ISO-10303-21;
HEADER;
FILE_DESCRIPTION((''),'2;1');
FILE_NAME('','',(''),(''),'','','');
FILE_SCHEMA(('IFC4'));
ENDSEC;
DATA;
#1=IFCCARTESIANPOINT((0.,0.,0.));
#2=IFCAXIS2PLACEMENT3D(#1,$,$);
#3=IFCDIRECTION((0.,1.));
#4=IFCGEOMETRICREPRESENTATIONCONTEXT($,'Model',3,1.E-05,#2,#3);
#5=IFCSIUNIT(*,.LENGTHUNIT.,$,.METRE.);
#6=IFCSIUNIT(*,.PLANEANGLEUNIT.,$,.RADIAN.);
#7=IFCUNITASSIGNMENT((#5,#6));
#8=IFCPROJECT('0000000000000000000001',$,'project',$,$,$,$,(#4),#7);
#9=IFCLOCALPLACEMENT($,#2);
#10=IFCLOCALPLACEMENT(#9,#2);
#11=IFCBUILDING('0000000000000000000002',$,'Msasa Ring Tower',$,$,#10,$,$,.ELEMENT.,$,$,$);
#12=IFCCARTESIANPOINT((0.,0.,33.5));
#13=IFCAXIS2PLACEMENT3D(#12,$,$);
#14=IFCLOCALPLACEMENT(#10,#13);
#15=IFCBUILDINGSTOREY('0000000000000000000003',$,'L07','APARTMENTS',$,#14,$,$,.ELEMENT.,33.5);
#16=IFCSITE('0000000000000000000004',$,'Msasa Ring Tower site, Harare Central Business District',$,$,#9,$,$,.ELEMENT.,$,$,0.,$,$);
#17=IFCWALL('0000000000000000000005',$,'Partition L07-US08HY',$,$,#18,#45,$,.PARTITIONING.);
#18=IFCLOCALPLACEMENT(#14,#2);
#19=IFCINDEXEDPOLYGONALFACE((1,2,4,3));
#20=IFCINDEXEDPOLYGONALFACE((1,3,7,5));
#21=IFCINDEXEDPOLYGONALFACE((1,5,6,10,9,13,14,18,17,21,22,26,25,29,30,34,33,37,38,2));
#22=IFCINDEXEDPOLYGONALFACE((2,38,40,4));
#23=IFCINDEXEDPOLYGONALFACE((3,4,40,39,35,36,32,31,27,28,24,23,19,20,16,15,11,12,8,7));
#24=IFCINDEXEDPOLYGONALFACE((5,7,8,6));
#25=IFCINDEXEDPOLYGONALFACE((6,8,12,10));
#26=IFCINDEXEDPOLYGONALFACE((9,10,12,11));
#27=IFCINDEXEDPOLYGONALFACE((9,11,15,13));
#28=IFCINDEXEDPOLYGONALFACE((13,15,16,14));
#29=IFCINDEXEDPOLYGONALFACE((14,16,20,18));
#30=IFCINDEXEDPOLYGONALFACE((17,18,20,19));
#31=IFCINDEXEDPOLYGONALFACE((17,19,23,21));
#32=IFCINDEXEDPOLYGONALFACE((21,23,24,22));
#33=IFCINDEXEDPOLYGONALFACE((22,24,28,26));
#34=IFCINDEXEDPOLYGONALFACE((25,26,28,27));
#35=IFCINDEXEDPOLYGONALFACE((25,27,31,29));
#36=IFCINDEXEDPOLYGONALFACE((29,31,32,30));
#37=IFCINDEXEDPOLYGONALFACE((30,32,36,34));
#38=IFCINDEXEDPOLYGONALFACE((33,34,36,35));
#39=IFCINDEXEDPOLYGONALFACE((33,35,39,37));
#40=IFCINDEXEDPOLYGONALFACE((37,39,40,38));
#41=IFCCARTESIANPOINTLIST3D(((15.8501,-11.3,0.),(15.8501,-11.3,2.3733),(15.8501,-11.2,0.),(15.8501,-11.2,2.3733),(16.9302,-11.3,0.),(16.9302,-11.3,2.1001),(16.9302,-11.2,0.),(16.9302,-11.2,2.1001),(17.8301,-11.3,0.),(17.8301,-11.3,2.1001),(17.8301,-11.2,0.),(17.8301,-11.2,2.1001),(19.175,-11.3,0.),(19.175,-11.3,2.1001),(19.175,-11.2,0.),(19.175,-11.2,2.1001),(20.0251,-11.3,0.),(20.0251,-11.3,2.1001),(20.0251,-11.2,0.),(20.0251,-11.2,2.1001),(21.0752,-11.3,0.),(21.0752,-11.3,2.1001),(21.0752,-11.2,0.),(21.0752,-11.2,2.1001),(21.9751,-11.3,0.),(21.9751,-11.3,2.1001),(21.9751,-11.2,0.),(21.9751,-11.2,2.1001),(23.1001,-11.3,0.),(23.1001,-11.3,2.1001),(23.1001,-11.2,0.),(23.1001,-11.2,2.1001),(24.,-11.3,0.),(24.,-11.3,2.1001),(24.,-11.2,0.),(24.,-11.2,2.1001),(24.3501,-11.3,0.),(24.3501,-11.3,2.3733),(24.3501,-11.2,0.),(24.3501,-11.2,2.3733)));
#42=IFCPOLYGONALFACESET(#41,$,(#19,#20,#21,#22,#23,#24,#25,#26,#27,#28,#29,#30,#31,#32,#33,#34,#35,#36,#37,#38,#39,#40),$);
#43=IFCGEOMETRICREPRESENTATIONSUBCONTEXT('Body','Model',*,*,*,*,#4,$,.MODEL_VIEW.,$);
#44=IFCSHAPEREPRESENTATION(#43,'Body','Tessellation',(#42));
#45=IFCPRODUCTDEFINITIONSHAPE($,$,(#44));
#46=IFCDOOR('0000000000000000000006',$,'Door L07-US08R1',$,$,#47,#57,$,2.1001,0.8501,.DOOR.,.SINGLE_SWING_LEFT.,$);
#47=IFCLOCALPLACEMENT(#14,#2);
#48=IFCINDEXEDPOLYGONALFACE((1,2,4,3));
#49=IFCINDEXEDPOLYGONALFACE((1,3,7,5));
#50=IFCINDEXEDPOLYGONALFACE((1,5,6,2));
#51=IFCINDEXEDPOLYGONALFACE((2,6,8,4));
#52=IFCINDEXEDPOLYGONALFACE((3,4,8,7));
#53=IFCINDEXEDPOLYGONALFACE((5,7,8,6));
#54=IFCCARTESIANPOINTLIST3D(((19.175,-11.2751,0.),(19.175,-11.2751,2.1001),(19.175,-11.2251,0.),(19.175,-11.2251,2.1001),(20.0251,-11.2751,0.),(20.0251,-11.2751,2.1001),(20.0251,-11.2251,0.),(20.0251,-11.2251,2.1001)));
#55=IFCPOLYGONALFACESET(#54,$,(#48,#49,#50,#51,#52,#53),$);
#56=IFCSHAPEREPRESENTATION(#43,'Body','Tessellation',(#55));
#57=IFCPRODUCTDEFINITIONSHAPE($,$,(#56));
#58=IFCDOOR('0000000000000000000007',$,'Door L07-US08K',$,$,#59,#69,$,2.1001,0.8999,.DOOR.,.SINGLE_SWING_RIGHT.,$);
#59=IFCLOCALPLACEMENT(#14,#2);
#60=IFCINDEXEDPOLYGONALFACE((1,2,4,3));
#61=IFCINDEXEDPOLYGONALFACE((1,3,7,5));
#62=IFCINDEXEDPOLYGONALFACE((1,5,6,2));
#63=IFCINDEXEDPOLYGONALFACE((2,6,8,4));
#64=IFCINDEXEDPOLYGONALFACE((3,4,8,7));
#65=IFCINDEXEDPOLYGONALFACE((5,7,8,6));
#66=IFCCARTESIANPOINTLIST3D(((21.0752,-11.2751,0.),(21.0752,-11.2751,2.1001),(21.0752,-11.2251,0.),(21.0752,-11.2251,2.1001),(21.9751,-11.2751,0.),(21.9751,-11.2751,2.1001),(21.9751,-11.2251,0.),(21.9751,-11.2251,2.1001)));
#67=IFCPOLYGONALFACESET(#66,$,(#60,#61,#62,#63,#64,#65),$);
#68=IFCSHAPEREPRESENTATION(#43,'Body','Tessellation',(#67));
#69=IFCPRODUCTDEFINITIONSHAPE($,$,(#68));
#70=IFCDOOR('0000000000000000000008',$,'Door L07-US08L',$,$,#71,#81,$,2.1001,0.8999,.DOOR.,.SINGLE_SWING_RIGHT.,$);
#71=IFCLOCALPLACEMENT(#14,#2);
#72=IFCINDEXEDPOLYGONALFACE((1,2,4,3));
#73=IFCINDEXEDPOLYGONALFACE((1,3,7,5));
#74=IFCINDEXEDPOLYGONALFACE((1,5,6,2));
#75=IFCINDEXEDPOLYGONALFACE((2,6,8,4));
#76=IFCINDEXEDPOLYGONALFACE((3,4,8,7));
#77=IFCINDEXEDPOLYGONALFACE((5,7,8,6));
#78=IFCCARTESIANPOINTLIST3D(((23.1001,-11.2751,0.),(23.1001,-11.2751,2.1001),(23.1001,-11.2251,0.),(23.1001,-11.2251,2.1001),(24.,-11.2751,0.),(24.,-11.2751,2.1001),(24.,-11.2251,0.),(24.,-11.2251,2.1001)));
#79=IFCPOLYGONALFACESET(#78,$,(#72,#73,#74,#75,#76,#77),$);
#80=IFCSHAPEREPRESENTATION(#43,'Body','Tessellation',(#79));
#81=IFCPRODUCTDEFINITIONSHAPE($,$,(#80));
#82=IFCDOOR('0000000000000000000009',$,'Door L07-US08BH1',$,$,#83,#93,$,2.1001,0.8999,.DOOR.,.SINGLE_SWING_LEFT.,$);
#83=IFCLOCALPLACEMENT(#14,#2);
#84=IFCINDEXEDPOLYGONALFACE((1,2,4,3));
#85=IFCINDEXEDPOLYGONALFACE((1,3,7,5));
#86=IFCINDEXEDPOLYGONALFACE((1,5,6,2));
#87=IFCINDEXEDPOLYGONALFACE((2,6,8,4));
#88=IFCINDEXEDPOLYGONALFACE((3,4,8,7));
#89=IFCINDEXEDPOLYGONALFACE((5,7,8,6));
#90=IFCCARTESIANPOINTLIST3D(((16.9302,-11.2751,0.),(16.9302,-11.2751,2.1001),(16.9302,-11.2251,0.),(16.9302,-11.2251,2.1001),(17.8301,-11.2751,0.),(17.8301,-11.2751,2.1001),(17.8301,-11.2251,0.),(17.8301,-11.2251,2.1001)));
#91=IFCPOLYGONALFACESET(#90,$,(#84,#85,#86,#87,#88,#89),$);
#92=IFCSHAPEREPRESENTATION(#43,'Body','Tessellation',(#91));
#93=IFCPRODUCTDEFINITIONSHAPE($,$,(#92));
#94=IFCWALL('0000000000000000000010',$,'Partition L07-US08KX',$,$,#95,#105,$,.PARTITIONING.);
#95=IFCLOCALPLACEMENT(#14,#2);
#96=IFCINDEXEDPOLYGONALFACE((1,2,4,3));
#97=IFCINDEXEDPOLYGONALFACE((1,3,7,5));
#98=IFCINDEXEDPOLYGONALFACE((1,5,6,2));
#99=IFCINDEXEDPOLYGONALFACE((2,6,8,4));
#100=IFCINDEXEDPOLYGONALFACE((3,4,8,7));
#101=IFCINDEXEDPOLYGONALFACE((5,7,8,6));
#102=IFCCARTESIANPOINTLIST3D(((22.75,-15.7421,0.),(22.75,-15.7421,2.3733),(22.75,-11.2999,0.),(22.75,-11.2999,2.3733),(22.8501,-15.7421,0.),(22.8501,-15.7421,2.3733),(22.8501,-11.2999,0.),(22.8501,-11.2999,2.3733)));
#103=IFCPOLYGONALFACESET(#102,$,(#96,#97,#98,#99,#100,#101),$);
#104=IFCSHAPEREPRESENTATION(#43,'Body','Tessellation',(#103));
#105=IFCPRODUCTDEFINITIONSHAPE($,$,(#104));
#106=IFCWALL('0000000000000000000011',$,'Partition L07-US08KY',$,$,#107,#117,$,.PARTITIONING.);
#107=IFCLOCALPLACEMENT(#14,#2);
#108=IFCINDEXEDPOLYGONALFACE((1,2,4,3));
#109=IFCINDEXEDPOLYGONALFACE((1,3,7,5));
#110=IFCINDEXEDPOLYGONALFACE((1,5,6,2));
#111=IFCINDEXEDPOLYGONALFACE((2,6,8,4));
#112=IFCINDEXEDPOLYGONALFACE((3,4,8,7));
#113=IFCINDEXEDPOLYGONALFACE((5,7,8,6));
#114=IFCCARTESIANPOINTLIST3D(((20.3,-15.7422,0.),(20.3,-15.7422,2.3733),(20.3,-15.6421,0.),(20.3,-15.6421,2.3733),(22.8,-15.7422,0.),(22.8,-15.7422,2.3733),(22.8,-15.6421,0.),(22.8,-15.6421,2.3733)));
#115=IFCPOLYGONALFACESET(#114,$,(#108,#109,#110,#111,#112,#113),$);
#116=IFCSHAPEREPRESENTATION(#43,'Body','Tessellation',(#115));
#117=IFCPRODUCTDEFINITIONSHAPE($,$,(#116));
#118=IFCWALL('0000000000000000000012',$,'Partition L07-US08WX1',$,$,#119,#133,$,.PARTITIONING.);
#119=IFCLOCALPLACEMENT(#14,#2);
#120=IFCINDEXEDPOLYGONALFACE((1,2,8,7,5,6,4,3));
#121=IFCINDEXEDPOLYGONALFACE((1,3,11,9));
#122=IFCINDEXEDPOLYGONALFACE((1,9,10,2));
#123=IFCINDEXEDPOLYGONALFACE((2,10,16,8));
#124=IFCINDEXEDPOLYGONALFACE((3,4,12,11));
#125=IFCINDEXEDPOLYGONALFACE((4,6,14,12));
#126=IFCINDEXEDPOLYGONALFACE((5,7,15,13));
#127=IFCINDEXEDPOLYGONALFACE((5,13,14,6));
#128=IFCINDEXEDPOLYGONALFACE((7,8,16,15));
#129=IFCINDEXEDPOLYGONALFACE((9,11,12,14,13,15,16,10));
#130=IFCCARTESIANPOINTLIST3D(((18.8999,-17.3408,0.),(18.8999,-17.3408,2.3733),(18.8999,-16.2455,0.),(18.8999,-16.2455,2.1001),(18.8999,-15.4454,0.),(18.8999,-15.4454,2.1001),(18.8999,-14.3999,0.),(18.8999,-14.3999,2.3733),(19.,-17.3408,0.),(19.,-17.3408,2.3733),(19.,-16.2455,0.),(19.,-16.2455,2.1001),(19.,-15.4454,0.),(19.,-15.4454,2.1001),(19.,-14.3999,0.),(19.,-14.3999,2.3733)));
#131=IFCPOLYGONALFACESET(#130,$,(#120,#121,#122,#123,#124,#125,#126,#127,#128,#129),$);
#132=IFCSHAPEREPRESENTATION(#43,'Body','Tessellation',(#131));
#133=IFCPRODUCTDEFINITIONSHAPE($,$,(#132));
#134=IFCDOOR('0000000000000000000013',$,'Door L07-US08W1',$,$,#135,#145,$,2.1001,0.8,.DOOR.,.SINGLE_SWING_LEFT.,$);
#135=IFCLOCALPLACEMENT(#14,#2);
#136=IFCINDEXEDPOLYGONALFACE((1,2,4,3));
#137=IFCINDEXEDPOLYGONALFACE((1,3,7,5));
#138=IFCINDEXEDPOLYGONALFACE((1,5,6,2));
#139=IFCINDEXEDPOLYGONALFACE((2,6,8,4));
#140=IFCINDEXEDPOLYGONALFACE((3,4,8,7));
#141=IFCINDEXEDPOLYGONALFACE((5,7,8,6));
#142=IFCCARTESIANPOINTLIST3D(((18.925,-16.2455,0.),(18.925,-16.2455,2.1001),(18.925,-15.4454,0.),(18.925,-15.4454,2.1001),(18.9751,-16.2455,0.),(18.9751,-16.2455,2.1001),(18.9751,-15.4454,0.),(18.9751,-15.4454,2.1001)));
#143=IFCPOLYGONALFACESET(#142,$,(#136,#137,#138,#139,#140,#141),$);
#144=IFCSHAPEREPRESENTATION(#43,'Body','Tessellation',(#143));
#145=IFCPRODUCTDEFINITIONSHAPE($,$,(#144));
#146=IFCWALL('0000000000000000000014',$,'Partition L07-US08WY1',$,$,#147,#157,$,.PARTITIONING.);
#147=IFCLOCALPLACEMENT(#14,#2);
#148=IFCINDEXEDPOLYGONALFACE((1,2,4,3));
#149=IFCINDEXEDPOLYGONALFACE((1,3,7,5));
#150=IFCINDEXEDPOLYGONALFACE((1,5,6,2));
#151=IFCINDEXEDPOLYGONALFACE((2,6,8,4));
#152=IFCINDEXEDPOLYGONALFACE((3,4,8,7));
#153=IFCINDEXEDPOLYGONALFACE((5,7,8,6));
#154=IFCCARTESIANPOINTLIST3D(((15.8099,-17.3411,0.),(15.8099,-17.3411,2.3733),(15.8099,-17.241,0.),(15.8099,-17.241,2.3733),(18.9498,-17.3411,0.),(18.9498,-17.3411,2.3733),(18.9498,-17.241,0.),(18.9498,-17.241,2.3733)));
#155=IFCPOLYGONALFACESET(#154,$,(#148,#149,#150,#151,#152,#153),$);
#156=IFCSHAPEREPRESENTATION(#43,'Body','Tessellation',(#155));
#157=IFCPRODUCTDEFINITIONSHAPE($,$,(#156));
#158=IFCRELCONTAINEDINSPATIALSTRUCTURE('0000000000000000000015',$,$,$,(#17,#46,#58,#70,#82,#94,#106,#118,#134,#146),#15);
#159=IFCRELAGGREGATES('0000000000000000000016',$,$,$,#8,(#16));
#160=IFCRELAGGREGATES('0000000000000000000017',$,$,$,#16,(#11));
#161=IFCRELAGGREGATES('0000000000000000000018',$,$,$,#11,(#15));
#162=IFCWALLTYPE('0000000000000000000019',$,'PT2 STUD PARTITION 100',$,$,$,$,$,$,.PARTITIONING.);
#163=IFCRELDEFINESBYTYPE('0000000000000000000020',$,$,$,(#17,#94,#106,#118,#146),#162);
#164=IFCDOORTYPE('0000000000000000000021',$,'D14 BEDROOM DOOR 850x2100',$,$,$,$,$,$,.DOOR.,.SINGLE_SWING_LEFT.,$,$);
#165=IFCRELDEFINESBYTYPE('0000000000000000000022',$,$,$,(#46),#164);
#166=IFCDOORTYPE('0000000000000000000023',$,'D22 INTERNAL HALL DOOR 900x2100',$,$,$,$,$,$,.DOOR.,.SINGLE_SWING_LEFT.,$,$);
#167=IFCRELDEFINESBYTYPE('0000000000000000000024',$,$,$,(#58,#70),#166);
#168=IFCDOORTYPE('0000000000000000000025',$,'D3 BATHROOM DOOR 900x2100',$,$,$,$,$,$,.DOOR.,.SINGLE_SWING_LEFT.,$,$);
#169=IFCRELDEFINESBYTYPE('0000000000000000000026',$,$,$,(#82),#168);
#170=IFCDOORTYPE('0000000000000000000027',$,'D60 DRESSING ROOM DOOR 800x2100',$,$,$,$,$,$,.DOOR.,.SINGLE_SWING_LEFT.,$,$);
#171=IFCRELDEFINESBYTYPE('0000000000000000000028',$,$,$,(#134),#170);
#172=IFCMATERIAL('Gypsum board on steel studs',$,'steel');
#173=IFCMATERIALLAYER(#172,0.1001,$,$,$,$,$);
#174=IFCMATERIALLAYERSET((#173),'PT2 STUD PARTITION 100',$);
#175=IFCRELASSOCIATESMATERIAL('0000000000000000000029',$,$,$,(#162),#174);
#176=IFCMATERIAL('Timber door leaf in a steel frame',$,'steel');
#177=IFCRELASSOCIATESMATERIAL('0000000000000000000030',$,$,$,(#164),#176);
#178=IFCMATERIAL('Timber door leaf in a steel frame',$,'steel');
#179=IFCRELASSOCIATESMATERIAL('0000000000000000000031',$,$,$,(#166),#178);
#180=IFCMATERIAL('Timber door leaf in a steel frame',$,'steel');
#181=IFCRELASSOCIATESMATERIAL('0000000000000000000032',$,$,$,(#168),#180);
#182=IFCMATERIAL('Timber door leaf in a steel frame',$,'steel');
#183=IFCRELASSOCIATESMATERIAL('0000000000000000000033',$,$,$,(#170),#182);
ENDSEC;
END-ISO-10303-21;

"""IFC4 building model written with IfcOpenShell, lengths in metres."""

from ifc_helpers import new_model, si_unit, direction, frame, frame_2d, origin, place, context, subcontext, project, spatial, rectangle, extrude, material, layer, layer_set, type_object, element, fill, save


model = new_model("IFC4")

# Units and contexts
model_context = context("Model", 3, precision=1e-05, world=origin(), true_north=direction((0.0, 1.0)))
body_context = subcontext(model_context, "Body", "Model", "MODEL_VIEW")
ifc_project = project(units=[si_unit("LENGTHUNIT", "METRE"), si_unit("PLANEANGLEUNIT", "RADIAN")], contexts=[model_context])

# Site, building, storey
site_placement = place(None, origin())
site = spatial("IfcSite", under=ifc_project, at=site_placement, Name="Msasa Ring Tower site, Harare Central Business District", CompositionType="ELEMENT", RefElevation=0.0)
building_placement = place(site_placement, origin())
building = spatial("IfcBuilding", under=site, at=building_placement, Name="Msasa Ring Tower", CompositionType="ELEMENT")
storey_placement = place(building_placement, frame((0.0, 0.0, 33.5)))
storey = spatial("IfcBuildingStorey", under=building, at=storey_placement, Name="L07", Description="APARTMENTS", CompositionType="ELEMENT", Elevation=33.5)

# Wall, openings, doors
ifc_material_1 = material(Name="Gypsum board on steel studs", Category="steel")
ifc_layer_1 = layer(ifc_material_1, 0.1001)
ifc_layer_set_1 = layer_set([ifc_layer_1], Name="PT2 STUD PARTITION 100")
wall_type_1 = type_object("IfcWallType", Name="PT2 STUD PARTITION 100", PredefinedType="PARTITIONING", material=ifc_layer_set_1)
wall_1_placement = place(storey_placement, frame((15.8501, -11.25, 0.0), z_axis=(0.0, 0.0, 1.0), x_axis=(1.0, 0.0, 0.0)))
wall_1 = element("IfcWall", 1, at=wall_1_placement, inside=storey, type_object=wall_type_1, Name="Partition L07-US08HY", PredefinedType="PARTITIONING", context=body_context, shape_type="SweptSolid", body=[
    extrude(rectangle(XDim=8.5, YDim=0.1001, at=frame_2d((4.25, 0.0))), origin(), (0.0, 0.0, 1.0), 2.3733),
])
opening_1_placement = place(wall_1_placement, frame((5.2251, 0.0, 0.0)))
opening_1 = element("IfcOpeningElement", 2, at=opening_1_placement, cuts=wall_1, PredefinedType="OPENING", context=body_context, shape_type="SweptSolid", body=[
    extrude(rectangle(XDim=0.8999, YDim=2.1001, at=frame_2d((0.45, 1.05))), frame((0.0, 0.0601, 0.0), z_axis=(0.0, -1.0, 0.0), x_axis=(1.0, 0.0, 0.0)), (0.0, 0.0, 1.0), 0.1201),
])
opening_2_placement = place(wall_1_placement, frame((7.25, 0.0, 0.0)))
opening_2 = element("IfcOpeningElement", 3, at=opening_2_placement, cuts=wall_1, PredefinedType="OPENING", context=body_context, shape_type="SweptSolid", body=[
    extrude(rectangle(XDim=0.8999, YDim=2.1001, at=frame_2d((0.45, 1.05))), frame((0.0, 0.0601, 0.0), z_axis=(0.0, -1.0, 0.0), x_axis=(1.0, 0.0, 0.0)), (0.0, 0.0, 1.0), 0.1201),
])
opening_3_placement = place(wall_1_placement, frame((3.325, 0.0, 0.0)))
opening_3 = element("IfcOpeningElement", 4, at=opening_3_placement, cuts=wall_1, PredefinedType="OPENING", context=body_context, shape_type="SweptSolid", body=[
    extrude(rectangle(XDim=0.8501, YDim=2.1001, at=frame_2d((0.425, 1.05))), frame((0.0, 0.0601, 0.0), z_axis=(0.0, -1.0, 0.0), x_axis=(1.0, 0.0, 0.0)), (0.0, 0.0, 1.0), 0.1201),
])
opening_4_placement = place(wall_1_placement, frame((1.0801, 0.0, 0.0)))
opening_4 = element("IfcOpeningElement", 5, at=opening_4_placement, cuts=wall_1, PredefinedType="OPENING", context=body_context, shape_type="SweptSolid", body=[
    extrude(rectangle(XDim=0.8999, YDim=2.1001, at=frame_2d((0.45, 1.05))), frame((0.0, 0.0601, 0.0), z_axis=(0.0, -1.0, 0.0), x_axis=(1.0, 0.0, 0.0)), (0.0, 0.0, 1.0), 0.1201),
])
ifc_material_2 = material(Name="Timber door leaf in a steel frame", Category="steel")
door_type_1 = type_object("IfcDoorType", Name="D14 BEDROOM DOOR 850x2100", OperationType="SINGLE_SWING_LEFT", PredefinedType="DOOR", material=ifc_material_2)
door_1_placement = place(opening_3_placement, origin())
door_1 = element("IfcDoor", 6, at=door_1_placement, inside=storey, type_object=door_type_1, Name="Door L07-US08R1", OperationType="SINGLE_SWING_LEFT", OverallHeight=2.1001, OverallWidth=0.8501, PredefinedType="DOOR", context=body_context, shape_type="SweptSolid", body=[
    extrude(rectangle(XDim=0.8501, YDim=2.1001, at=frame_2d((0.425, 1.05))), frame((0.0, 0.0249, 0.0), z_axis=(0.0, -1.0, 0.0), x_axis=(1.0, 0.0, 0.0)), (0.0, 0.0, 1.0), 0.05),
])
fill(opening_3, door_1)
ifc_material_3 = material(Name="Timber door leaf in a steel frame", Category="steel")
door_type_2 = type_object("IfcDoorType", Name="D22 INTERNAL HALL DOOR 900x2100", OperationType="SINGLE_SWING_LEFT", PredefinedType="DOOR", material=ifc_material_3)
door_2_placement = place(opening_1_placement, origin())
door_2 = element("IfcDoor", 7, at=door_2_placement, inside=storey, type_object=door_type_2, Name="Door L07-US08K", OperationType="SINGLE_SWING_RIGHT", OverallHeight=2.1001, OverallWidth=0.8999, PredefinedType="DOOR", context=body_context, shape_type="SweptSolid", body=[
    extrude(rectangle(XDim=0.8999, YDim=2.1001, at=frame_2d((0.45, 1.05))), frame((0.0, 0.0249, 0.0), z_axis=(0.0, -1.0, 0.0), x_axis=(1.0, 0.0, 0.0)), (0.0, 0.0, 1.0), 0.05),
])
fill(opening_1, door_2)
door_3_placement = place(opening_2_placement, origin())
door_3 = element("IfcDoor", 8, at=door_3_placement, inside=storey, type_object=door_type_2, Name="Door L07-US08L", OperationType="SINGLE_SWING_RIGHT", OverallHeight=2.1001, OverallWidth=0.8999, PredefinedType="DOOR", context=body_context, shape_type="SweptSolid", body=[
    extrude(rectangle(XDim=0.8999, YDim=2.1001, at=frame_2d((0.45, 1.05))), frame((0.0, 0.0249, 0.0), z_axis=(0.0, -1.0, 0.0), x_axis=(1.0, 0.0, 0.0)), (0.0, 0.0, 1.0), 0.05),
])
fill(opening_2, door_3)
ifc_material_4 = material(Name="Timber door leaf in a steel frame", Category="steel")
door_type_3 = type_object("IfcDoorType", Name="D3 BATHROOM DOOR 900x2100", OperationType="SINGLE_SWING_LEFT", PredefinedType="DOOR", material=ifc_material_4)
door_4_placement = place(opening_4_placement, origin())
door_4 = element("IfcDoor", 9, at=door_4_placement, inside=storey, type_object=door_type_3, Name="Door L07-US08BH1", OperationType="SINGLE_SWING_LEFT", OverallHeight=2.1001, OverallWidth=0.8999, PredefinedType="DOOR", context=body_context, shape_type="SweptSolid", body=[
    extrude(rectangle(XDim=0.8999, YDim=2.1001, at=frame_2d((0.45, 1.05))), frame((0.0, 0.0249, 0.0), z_axis=(0.0, -1.0, 0.0), x_axis=(1.0, 0.0, 0.0)), (0.0, 0.0, 1.0), 0.05),
])
fill(opening_4, door_4)

# Walls
wall_2_placement = place(storey_placement, frame((22.8, -15.7422, 0.0), z_axis=(0.0, 0.0, 1.0), x_axis=(0.0, 1.0, 0.0)))
element("IfcWall", 10, at=wall_2_placement, inside=storey, type_object=wall_type_1, Name="Partition L07-US08KX", PredefinedType="PARTITIONING", context=body_context, shape_type="SweptSolid", body=[
    extrude(rectangle(XDim=4.4421, YDim=0.1001, at=frame_2d((2.2212, 0.0))), origin(), (0.0, 0.0, 1.0), 2.3733),
])
wall_3_placement = place(storey_placement, frame((20.3, -15.6921, 0.0), z_axis=(0.0, 0.0, 1.0), x_axis=(1.0, 0.0, 0.0)))
element("IfcWall", 11, at=wall_3_placement, inside=storey, type_object=wall_type_1, Name="Partition L07-US08KY", PredefinedType="PARTITIONING", context=body_context, shape_type="SweptSolid", body=[
    extrude(rectangle(XDim=2.5, YDim=0.1001, at=frame_2d((1.25, 0.0))), origin(), (0.0, 0.0, 1.0), 2.3733),
])

# Wall, opening, door
wall_4_placement = place(storey_placement, frame((18.95, -17.3408, 0.0), z_axis=(0.0, 0.0, 1.0), x_axis=(0.0, 1.0, 0.0)))
wall_4 = element("IfcWall", 12, at=wall_4_placement, inside=storey, type_object=wall_type_1, Name="Partition L07-US08WX1", PredefinedType="PARTITIONING", context=body_context, shape_type="SweptSolid", body=[
    extrude(rectangle(XDim=2.9409, YDim=0.1001, at=frame_2d((1.4705, 0.0))), origin(), (0.0, 0.0, 1.0), 2.3733),
])
opening_5_placement = place(wall_4_placement, frame((1.0955, 0.0, 0.0)))
opening_5 = element("IfcOpeningElement", 13, at=opening_5_placement, cuts=wall_4, PredefinedType="OPENING", context=body_context, shape_type="SweptSolid", body=[
    extrude(rectangle(XDim=0.8, YDim=2.1001, at=frame_2d((0.3999, 1.05))), frame((0.0, 0.0601, 0.0), z_axis=(0.0, -1.0, 0.0), x_axis=(1.0, 0.0, 0.0)), (0.0, 0.0, 1.0), 0.1201),
])
ifc_material_5 = material(Name="Timber door leaf in a steel frame", Category="steel")
door_type_4 = type_object("IfcDoorType", Name="D60 DRESSING ROOM DOOR 800x2100", OperationType="SINGLE_SWING_LEFT", PredefinedType="DOOR", material=ifc_material_5)
door_5_placement = place(opening_5_placement, origin())
door_5 = element("IfcDoor", 14, at=door_5_placement, inside=storey, type_object=door_type_4, Name="Door L07-US08W1", OperationType="SINGLE_SWING_LEFT", OverallHeight=2.1001, OverallWidth=0.8, PredefinedType="DOOR", context=body_context, shape_type="SweptSolid", body=[
    extrude(rectangle(XDim=0.8, YDim=2.1001, at=frame_2d((0.3999, 1.05))), frame((0.0, 0.0249, 0.0), z_axis=(0.0, -1.0, 0.0), x_axis=(1.0, 0.0, 0.0)), (0.0, 0.0, 1.0), 0.05),
])
fill(opening_5, door_5)

# Wall
wall_5_placement = place(storey_placement, frame((15.8101, -17.291, 0.0), z_axis=(0.0, 0.0, 1.0), x_axis=(1.0, 0.0, 0.0)))
element("IfcWall", 15, at=wall_5_placement, inside=storey, type_object=wall_type_1, Name="Partition L07-US08WY1", PredefinedType="PARTITIONING", context=body_context, shape_type="SweptSolid", body=[
    extrude(rectangle(XDim=3.1399, YDim=0.1001, at=frame_2d((1.5698, 0.0))), origin(), (0.0, 0.0, 1.0), 2.3733),
])

save(model, "model.ifc")
